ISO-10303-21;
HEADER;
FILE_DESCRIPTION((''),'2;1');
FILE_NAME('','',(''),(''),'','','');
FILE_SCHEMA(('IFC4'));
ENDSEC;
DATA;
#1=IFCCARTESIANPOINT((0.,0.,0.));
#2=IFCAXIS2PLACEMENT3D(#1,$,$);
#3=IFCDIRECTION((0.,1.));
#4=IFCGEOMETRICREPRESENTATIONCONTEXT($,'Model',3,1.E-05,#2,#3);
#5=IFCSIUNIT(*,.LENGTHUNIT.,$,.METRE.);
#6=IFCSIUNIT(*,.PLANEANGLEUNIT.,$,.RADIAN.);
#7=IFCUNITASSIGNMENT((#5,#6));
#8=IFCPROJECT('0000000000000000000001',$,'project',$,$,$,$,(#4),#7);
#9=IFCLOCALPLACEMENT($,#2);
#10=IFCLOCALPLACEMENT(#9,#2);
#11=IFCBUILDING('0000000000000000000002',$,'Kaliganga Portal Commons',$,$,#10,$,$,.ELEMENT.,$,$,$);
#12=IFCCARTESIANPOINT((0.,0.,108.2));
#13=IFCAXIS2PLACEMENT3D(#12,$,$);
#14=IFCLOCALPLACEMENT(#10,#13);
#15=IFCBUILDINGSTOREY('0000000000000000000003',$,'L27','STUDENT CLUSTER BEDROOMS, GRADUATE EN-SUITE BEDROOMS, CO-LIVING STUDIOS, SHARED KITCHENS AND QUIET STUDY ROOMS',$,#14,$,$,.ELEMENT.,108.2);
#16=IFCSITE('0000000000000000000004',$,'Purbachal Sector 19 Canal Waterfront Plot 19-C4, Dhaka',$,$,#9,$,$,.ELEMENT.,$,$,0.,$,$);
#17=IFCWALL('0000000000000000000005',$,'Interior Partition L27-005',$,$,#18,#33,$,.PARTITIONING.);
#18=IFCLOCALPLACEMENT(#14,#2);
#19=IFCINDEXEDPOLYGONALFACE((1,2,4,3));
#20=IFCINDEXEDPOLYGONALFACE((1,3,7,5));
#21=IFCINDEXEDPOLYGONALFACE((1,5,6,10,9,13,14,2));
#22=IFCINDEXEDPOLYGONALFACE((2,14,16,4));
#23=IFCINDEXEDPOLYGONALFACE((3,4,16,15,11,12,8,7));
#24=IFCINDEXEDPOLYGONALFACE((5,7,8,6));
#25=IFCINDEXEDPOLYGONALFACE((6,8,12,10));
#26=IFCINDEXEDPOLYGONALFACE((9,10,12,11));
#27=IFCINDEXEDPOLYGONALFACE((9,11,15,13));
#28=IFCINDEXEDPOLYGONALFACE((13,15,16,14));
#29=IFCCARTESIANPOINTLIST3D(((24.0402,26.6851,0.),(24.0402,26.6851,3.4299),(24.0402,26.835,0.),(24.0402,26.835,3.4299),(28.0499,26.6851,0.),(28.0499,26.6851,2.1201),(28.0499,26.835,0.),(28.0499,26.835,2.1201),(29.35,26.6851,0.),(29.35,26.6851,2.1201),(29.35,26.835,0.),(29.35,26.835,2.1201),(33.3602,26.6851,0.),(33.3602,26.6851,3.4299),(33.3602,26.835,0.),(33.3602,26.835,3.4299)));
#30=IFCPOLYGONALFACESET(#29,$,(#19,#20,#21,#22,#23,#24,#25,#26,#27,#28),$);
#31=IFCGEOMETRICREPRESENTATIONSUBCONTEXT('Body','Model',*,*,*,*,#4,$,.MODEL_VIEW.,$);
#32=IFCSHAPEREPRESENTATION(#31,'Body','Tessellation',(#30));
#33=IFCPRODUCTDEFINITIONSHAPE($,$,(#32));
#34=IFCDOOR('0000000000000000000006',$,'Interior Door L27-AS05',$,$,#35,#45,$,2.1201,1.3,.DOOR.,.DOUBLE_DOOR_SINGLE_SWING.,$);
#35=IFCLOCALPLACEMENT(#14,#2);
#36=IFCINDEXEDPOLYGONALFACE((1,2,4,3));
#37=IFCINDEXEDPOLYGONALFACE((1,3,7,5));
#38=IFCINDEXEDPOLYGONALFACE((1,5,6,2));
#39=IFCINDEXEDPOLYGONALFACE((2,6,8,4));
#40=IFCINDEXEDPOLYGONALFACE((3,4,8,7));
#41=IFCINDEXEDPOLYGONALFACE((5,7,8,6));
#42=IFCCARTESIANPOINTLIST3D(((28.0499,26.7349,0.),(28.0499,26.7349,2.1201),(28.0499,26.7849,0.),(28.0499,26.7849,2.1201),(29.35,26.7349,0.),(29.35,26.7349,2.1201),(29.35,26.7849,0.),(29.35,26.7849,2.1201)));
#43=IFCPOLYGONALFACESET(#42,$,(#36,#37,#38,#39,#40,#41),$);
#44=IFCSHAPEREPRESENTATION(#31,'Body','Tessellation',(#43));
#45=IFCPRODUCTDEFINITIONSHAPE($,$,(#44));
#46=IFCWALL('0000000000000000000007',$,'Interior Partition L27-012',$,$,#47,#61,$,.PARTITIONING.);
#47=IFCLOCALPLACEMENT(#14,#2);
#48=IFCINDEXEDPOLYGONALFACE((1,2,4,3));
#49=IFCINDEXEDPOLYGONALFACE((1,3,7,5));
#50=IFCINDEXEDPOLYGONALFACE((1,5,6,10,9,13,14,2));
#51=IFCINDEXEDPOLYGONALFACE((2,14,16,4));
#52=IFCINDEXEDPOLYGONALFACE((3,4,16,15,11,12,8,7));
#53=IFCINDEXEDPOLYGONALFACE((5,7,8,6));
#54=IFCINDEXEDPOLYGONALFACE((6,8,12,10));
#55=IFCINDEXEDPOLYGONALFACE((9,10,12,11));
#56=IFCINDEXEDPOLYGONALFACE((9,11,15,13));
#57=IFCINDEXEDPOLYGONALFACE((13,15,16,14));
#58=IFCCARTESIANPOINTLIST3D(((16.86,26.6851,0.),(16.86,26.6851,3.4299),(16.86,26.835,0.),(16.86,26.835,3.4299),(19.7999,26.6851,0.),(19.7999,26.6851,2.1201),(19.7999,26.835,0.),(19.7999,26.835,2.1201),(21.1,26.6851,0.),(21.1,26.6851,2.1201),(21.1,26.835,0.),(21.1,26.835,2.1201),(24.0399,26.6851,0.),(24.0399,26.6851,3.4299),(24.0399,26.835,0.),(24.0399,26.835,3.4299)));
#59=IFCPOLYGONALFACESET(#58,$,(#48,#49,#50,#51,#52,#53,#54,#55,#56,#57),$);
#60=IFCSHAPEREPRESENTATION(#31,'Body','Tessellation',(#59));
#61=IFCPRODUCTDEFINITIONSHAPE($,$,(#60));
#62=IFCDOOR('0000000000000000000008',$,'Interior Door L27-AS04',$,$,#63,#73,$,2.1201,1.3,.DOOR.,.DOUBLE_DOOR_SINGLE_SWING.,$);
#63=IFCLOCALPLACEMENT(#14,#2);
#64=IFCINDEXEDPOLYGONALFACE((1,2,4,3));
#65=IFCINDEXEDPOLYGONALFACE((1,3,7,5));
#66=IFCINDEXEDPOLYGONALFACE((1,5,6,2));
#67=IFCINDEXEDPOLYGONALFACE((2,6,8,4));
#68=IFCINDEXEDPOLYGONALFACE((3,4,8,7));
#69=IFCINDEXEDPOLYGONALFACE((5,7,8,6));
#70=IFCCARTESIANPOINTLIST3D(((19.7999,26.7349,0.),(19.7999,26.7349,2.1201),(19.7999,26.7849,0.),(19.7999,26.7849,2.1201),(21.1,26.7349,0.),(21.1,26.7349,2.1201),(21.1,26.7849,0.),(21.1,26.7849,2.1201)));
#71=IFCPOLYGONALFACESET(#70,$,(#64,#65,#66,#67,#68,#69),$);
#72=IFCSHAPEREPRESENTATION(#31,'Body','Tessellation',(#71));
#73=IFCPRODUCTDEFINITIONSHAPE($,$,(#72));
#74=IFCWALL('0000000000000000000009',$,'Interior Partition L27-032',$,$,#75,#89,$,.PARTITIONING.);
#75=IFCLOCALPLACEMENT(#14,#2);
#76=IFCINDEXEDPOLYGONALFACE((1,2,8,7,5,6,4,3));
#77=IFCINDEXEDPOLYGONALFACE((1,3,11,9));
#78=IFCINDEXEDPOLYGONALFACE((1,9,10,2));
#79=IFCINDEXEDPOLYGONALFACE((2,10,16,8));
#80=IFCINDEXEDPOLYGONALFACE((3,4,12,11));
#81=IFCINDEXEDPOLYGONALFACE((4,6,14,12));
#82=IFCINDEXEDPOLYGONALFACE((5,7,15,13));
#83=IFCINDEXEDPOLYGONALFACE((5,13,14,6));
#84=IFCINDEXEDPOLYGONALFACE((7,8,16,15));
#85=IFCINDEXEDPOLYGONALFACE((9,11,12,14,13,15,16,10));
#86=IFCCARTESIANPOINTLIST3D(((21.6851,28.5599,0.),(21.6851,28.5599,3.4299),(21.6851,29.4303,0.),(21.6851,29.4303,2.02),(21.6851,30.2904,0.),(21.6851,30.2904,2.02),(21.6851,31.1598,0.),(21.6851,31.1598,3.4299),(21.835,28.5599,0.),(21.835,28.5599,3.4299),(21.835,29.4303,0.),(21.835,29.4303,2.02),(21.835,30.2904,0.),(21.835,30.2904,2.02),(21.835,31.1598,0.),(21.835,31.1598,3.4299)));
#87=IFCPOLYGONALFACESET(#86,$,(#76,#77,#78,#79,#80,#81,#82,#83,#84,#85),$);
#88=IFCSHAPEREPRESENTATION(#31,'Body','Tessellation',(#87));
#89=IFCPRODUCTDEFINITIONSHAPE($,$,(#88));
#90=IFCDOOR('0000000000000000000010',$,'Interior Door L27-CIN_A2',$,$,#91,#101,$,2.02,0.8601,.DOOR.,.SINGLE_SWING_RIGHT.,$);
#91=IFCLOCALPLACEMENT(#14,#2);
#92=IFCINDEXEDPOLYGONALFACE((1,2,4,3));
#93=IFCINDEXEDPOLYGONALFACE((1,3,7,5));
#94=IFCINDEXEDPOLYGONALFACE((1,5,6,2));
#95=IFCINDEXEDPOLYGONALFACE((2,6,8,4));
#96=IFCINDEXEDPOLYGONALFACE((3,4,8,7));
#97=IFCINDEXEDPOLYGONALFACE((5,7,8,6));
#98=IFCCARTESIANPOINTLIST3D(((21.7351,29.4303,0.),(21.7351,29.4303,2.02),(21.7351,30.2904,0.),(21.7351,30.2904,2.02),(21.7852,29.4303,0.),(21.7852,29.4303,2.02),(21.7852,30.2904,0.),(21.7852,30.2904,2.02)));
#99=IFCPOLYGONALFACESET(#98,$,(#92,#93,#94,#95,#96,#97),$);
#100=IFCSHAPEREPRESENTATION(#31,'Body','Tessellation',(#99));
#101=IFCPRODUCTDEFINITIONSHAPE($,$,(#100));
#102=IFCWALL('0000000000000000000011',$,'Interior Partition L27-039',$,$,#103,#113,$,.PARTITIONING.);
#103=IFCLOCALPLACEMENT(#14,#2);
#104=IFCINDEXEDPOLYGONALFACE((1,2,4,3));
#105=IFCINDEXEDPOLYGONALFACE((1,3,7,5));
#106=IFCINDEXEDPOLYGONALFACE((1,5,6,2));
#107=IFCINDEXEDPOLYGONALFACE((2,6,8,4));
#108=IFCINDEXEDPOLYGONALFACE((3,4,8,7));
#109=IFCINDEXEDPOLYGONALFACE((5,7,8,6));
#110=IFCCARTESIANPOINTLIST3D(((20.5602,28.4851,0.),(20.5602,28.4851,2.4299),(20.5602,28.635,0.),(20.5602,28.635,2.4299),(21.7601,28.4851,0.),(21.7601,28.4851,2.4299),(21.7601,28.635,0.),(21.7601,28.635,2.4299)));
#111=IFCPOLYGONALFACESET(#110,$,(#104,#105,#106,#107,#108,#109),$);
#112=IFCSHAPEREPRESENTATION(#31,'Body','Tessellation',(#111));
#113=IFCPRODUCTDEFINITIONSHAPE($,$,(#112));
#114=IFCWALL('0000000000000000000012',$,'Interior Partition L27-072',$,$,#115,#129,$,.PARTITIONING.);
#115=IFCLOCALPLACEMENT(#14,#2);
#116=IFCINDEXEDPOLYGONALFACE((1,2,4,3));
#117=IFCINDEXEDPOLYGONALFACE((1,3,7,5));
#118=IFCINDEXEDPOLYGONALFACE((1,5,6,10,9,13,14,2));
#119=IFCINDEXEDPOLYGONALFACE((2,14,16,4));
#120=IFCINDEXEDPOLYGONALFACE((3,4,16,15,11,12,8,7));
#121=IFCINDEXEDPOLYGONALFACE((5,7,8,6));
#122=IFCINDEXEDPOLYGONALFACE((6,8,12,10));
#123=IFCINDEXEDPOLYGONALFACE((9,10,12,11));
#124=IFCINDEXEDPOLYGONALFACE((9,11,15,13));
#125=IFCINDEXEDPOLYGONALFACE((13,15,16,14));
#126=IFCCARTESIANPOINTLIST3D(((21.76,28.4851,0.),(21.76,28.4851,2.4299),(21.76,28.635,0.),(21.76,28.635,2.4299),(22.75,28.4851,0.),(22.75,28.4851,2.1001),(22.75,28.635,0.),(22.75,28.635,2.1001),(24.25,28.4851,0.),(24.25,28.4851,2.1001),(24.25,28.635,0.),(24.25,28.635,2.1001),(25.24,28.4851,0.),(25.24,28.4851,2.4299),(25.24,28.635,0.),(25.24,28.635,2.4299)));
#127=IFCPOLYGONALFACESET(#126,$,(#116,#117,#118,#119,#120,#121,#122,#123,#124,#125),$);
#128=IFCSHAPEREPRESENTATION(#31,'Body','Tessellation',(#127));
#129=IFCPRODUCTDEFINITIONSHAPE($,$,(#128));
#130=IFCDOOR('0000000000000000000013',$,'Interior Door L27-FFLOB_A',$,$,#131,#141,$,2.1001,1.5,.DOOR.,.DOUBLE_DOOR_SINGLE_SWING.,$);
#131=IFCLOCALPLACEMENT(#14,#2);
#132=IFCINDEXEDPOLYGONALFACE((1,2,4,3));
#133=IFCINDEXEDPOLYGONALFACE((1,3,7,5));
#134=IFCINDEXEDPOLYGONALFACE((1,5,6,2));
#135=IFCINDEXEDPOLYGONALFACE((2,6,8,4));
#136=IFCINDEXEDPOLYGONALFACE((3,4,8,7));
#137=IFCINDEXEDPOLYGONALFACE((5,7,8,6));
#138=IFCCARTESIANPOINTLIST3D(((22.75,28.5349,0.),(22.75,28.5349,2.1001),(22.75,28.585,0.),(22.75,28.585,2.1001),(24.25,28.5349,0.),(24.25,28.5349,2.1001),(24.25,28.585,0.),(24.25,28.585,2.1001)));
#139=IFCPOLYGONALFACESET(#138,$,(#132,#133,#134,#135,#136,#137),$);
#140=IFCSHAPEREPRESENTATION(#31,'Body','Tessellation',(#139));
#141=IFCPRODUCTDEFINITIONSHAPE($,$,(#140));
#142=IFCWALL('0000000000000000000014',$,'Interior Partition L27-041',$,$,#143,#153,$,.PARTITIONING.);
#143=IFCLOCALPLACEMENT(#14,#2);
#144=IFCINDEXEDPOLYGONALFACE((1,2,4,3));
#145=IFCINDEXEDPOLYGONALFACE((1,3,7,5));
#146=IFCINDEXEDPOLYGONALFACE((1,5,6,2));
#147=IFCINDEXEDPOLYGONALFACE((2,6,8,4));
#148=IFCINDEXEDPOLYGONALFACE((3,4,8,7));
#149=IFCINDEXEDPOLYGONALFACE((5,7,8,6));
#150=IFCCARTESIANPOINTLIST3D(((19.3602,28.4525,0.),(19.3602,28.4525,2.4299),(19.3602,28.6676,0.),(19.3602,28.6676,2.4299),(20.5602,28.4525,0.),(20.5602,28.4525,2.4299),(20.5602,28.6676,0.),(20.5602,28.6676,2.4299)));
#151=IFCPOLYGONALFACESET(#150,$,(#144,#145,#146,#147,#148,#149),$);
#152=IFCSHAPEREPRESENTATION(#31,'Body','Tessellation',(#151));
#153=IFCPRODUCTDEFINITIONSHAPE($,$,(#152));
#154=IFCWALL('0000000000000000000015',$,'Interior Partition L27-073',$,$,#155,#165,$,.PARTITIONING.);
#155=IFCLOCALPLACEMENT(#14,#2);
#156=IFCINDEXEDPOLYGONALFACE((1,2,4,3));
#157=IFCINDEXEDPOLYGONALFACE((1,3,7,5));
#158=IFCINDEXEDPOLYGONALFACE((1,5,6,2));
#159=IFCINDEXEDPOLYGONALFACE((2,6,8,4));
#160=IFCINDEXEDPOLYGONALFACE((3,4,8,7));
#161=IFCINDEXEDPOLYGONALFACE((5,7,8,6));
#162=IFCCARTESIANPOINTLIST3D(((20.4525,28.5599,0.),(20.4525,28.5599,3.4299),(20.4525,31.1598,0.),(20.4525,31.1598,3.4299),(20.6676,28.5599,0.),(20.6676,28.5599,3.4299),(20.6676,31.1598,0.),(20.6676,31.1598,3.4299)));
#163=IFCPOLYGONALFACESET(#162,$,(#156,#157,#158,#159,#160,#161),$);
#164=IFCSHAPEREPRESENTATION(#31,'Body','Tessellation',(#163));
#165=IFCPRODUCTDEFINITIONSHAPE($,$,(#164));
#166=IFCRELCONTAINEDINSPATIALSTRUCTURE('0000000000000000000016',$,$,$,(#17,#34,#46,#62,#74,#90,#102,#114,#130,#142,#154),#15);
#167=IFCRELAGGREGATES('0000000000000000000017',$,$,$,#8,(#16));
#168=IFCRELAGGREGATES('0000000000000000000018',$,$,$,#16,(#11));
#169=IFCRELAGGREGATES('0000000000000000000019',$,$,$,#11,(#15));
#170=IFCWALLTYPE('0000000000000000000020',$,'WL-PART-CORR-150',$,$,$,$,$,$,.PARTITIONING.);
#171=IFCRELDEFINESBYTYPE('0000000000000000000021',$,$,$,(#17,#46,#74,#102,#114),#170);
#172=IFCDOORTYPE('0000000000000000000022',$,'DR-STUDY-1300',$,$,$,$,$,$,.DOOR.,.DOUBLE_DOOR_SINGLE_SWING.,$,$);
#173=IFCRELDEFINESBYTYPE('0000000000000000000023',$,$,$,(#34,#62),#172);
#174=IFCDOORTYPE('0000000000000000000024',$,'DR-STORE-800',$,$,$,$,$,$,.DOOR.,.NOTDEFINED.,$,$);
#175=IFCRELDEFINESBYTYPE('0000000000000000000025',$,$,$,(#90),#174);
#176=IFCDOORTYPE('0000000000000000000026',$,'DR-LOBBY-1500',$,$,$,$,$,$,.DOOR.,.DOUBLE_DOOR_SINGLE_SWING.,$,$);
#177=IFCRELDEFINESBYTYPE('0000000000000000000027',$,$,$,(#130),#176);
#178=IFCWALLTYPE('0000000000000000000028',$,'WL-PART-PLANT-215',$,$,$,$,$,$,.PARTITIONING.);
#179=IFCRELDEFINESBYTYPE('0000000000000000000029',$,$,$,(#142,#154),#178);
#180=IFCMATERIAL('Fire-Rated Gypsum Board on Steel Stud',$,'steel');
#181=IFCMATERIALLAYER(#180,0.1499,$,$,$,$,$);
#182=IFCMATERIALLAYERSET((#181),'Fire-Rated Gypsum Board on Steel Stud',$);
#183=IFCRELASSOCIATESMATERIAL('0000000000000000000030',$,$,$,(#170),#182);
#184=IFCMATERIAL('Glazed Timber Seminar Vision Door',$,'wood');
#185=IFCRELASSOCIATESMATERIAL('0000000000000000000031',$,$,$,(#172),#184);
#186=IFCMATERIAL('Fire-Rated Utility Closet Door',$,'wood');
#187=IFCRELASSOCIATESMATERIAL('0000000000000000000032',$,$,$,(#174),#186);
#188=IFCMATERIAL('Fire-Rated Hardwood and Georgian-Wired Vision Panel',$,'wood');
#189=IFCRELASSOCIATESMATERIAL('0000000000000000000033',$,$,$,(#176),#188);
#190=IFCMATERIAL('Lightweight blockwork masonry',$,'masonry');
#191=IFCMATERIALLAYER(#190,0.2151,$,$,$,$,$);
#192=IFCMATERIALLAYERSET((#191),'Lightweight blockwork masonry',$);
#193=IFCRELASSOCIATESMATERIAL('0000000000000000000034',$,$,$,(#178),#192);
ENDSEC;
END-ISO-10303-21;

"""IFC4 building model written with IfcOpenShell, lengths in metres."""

from ifc_helpers import new_model, si_unit, direction, frame, frame_2d, origin, place, context, subcontext, project, spatial, rectangle, extrude, material, layer, layer_set, type_object, element, fill, save


model = new_model("IFC4")

# Units and contexts
model_context = context("Model", 3, precision=1e-05, world=origin(), true_north=direction((0.0, 1.0)))
body_context = subcontext(model_context, "Body", "Model", "MODEL_VIEW")
ifc_project = project(units=[si_unit("LENGTHUNIT", "METRE"), si_unit("PLANEANGLEUNIT", "RADIAN")], contexts=[model_context])

# Site, building, storey
site_placement = place(None, origin())
site = spatial("IfcSite", under=ifc_project, at=site_placement, Name="Purbachal Sector 19 Canal Waterfront Plot 19-C4, Dhaka", CompositionType="ELEMENT", RefElevation=0.0)
building_placement = place(site_placement, origin())
building = spatial("IfcBuilding", under=site, at=building_placement, Name="Kaliganga Portal Commons", CompositionType="ELEMENT")
storey_placement = place(building_placement, frame((0.0, 0.0, 108.2)))
storey = spatial("IfcBuildingStorey", under=building, at=storey_placement, Name="L27", Description="STUDENT CLUSTER BEDROOMS, GRADUATE EN-SUITE BEDROOMS, CO-LIVING STUDIOS, SHARED KITCHENS AND QUIET STUDY ROOMS", CompositionType="ELEMENT", Elevation=108.2)

# Walls, openings, doors
ifc_material_1 = material(Name="Fire-Rated Gypsum Board on Steel Stud", Category="steel")
ifc_layer_1 = layer(ifc_material_1, 0.1499)
ifc_layer_set_1 = layer_set([ifc_layer_1], Name="Fire-Rated Gypsum Board on Steel Stud")
wall_type_1 = type_object("IfcWallType", Name="WL-PART-CORR-150", PredefinedType="PARTITIONING", material=ifc_layer_set_1)
wall_1_placement = place(storey_placement, frame((24.04, 26.76, 0.0), z_axis=(0.0, 0.0, 1.0), x_axis=(1.0, 0.0, 0.0)))
wall_1 = element("IfcWall", 1, at=wall_1_placement, inside=storey, type_object=wall_type_1, Name="Interior Partition L27-005", PredefinedType="PARTITIONING", context=body_context, shape_type="SweptSolid", body=[
    extrude(rectangle(XDim=9.3201, YDim=0.1499, at=frame_2d((4.6602, 0.0))), origin(), (0.0, 0.0, 1.0), 3.4299),
])
opening_1_placement = place(wall_1_placement, frame((4.01, 0.0, 0.0)))
opening_1 = element("IfcOpeningElement", 2, at=opening_1_placement, cuts=wall_1, PredefinedType="OPENING", context=body_context, shape_type="SweptSolid", body=[
    extrude(rectangle(XDim=1.3, YDim=2.1201, at=frame_2d((0.6499, 1.0601))), frame((0.0, 0.085, 0.0), z_axis=(0.0, -1.0, 0.0), x_axis=(1.0, 0.0, 0.0)), (0.0, 0.0, 1.0), 0.1699),
])
ifc_material_2 = material(Name="Glazed Timber Seminar Vision Door", Category="wood")
door_type_1 = type_object("IfcDoorType", Name="DR-STUDY-1300", OperationType="DOUBLE_DOOR_SINGLE_SWING", PredefinedType="DOOR", material=ifc_material_2)
door_1_placement = place(opening_1_placement, origin())
door_1 = element("IfcDoor", 3, at=door_1_placement, inside=storey, type_object=door_type_1, Name="Interior Door L27-AS05", OperationType="DOUBLE_DOOR_SINGLE_SWING", OverallHeight=2.1201, OverallWidth=1.3, PredefinedType="DOOR", context=body_context, shape_type="SweptSolid", body=[
    extrude(rectangle(XDim=1.3, YDim=2.1201, at=frame_2d((0.6499, 1.0601))), frame((0.0, 0.0249, 0.0), z_axis=(0.0, -1.0, 0.0), x_axis=(1.0, 0.0, 0.0)), (0.0, 0.0, 1.0), 0.05),
])
fill(opening_1, door_1)
wall_2_placement = place(storey_placement, frame((16.8601, 26.76, 0.0), z_axis=(0.0, 0.0, 1.0), x_axis=(1.0, 0.0, 0.0)))
wall_2 = element("IfcWall", 4, at=wall_2_placement, inside=storey, type_object=wall_type_1, Name="Interior Partition L27-012", PredefinedType="PARTITIONING", context=body_context, shape_type="SweptSolid", body=[
    extrude(rectangle(XDim=7.1799, YDim=0.1499, at=frame_2d((3.5898, 0.0))), origin(), (0.0, 0.0, 1.0), 3.4299),
])
opening_2_placement = place(wall_2_placement, frame((2.9399, 0.0, 0.0)))
opening_2 = element("IfcOpeningElement", 5, at=opening_2_placement, cuts=wall_2, PredefinedType="OPENING", context=body_context, shape_type="SweptSolid", body=[
    extrude(rectangle(XDim=1.3, YDim=2.1201, at=frame_2d((0.6499, 1.0601))), frame((0.0, 0.085, 0.0), z_axis=(0.0, -1.0, 0.0), x_axis=(1.0, 0.0, 0.0)), (0.0, 0.0, 1.0), 0.1699),
])
door_2_placement = place(opening_2_placement, origin())
door_2 = element("IfcDoor", 6, at=door_2_placement, inside=storey, type_object=door_type_1, Name="Interior Door L27-AS04", OperationType="DOUBLE_DOOR_SINGLE_SWING", OverallHeight=2.1201, OverallWidth=1.3, PredefinedType="DOOR", context=body_context, shape_type="SweptSolid", body=[
    extrude(rectangle(XDim=1.3, YDim=2.1201, at=frame_2d((0.6499, 1.0601))), frame((0.0, 0.0249, 0.0), z_axis=(0.0, -1.0, 0.0), x_axis=(1.0, 0.0, 0.0)), (0.0, 0.0, 1.0), 0.05),
])
fill(opening_2, door_2)
wall_3_placement = place(storey_placement, frame((21.76, 28.5601, 0.0), z_axis=(0.0, 0.0, 1.0), x_axis=(0.0, 1.0, 0.0)))
wall_3 = element("IfcWall", 7, at=wall_3_placement, inside=storey, type_object=wall_type_1, Name="Interior Partition L27-032", PredefinedType="PARTITIONING", context=body_context, shape_type="SweptSolid", body=[
    extrude(rectangle(XDim=2.5999, YDim=0.1499, at=frame_2d((1.2998, 0.0))), origin(), (0.0, 0.0, 1.0), 3.4299),
])
opening_3_placement = place(wall_3_placement, frame((0.8701, 0.0, 0.0)))
opening_3 = element("IfcOpeningElement", 8, at=opening_3_placement, cuts=wall_3, PredefinedType="OPENING", context=body_context, shape_type="SweptSolid", body=[
    extrude(rectangle(XDim=0.8601, YDim=2.02, at=frame_2d((0.4302, 1.01))), frame((0.0, 0.085, 0.0), z_axis=(0.0, -1.0, 0.0), x_axis=(1.0, 0.0, 0.0)), (0.0, 0.0, 1.0), 0.1699),
])
ifc_material_3 = material(Name="Fire-Rated Utility Closet Door", Category="wood")
door_type_2 = type_object("IfcDoorType", Name="DR-STORE-800", OperationType="NOTDEFINED", PredefinedType="DOOR", material=ifc_material_3)
door_3_placement = place(opening_3_placement, origin())
door_3 = element("IfcDoor", 9, at=door_3_placement, inside=storey, type_object=door_type_2, Name="Interior Door L27-CIN_A2", OperationType="SINGLE_SWING_RIGHT", OverallHeight=2.02, OverallWidth=0.8601, PredefinedType="DOOR", context=body_context, shape_type="SweptSolid", body=[
    extrude(rectangle(XDim=0.8601, YDim=2.02, at=frame_2d((0.4302, 1.01))), frame((0.0, 0.0249, 0.0), z_axis=(0.0, -1.0, 0.0), x_axis=(1.0, 0.0, 0.0)), (0.0, 0.0, 1.0), 0.05),
])
fill(opening_3, door_3)

# Wall
wall_4_placement = place(storey_placement, frame((20.5601, 28.5601, 0.0), z_axis=(0.0, 0.0, 1.0), x_axis=(1.0, 0.0, 0.0)))
element("IfcWall", 10, at=wall_4_placement, inside=storey, type_object=wall_type_1, Name="Interior Partition L27-039", PredefinedType="PARTITIONING", context=body_context, shape_type="SweptSolid", body=[
    extrude(rectangle(XDim=1.2, YDim=0.1499, at=frame_2d((0.6001, 0.0))), origin(), (0.0, 0.0, 1.0), 2.4299),
])

# Wall, opening, door
wall_5_placement = place(storey_placement, frame((21.76, 28.5601, 0.0), z_axis=(0.0, 0.0, 1.0), x_axis=(1.0, 0.0, 0.0)))
wall_5 = element("IfcWall", 11, at=wall_5_placement, inside=storey, type_object=wall_type_1, Name="Interior Partition L27-072", PredefinedType="PARTITIONING", context=body_context, shape_type="SweptSolid", body=[
    extrude(rectangle(XDim=3.48, YDim=0.1499, at=frame_2d((1.74, 0.0))), origin(), (0.0, 0.0, 1.0), 2.4299),
])
opening_4_placement = place(wall_5_placement, frame((0.99, 0.0, 0.0)))
opening_4 = element("IfcOpeningElement", 12, at=opening_4_placement, cuts=wall_5, PredefinedType="OPENING", context=body_context, shape_type="SweptSolid", body=[
    extrude(rectangle(XDim=1.5, YDim=2.1001, at=frame_2d((0.75, 1.05))), frame((0.0, 0.085, 0.0), z_axis=(0.0, -1.0, 0.0), x_axis=(1.0, 0.0, 0.0)), (0.0, 0.0, 1.0), 0.1699),
])
ifc_material_4 = material(Name="Fire-Rated Hardwood and Georgian-Wired Vision Panel", Category="wood")
door_type_3 = type_object("IfcDoorType", Name="DR-LOBBY-1500", OperationType="DOUBLE_DOOR_SINGLE_SWING", PredefinedType="DOOR", material=ifc_material_4)
door_4_placement = place(opening_4_placement, origin())
door_4 = element("IfcDoor", 13, at=door_4_placement, inside=storey, type_object=door_type_3, Name="Interior Door L27-FFLOB_A", OperationType="DOUBLE_DOOR_SINGLE_SWING", OverallHeight=2.1001, OverallWidth=1.5, PredefinedType="DOOR", context=body_context, shape_type="SweptSolid", body=[
    extrude(rectangle(XDim=1.5, YDim=2.1001, at=frame_2d((0.75, 1.05))), frame((0.0, 0.0249, 0.0), z_axis=(0.0, -1.0, 0.0), x_axis=(1.0, 0.0, 0.0)), (0.0, 0.0, 1.0), 0.05),
])
fill(opening_4, door_4)
ifc_material_5 = material(Name="Lightweight blockwork masonry", Category="masonry")
ifc_layer_2 = layer(ifc_material_5, 0.2151)
ifc_layer_set_2 = layer_set([ifc_layer_2], Name="Lightweight blockwork masonry")
wall_type_2 = type_object("IfcWallType", Name="WL-PART-PLANT-215", PredefinedType="PARTITIONING", material=ifc_layer_set_2)

# Walls
wall_6_placement = place(storey_placement, frame((19.3601, 28.5601, 0.0), z_axis=(0.0, 0.0, 1.0), x_axis=(1.0, 0.0, 0.0)))
element("IfcWall", 14, at=wall_6_placement, inside=storey, type_object=wall_type_2, Name="Interior Partition L27-041", PredefinedType="PARTITIONING", context=body_context, shape_type="SweptSolid", body=[
    extrude(rectangle(XDim=1.2, YDim=0.2151, at=frame_2d((0.6001, 0.0))), origin(), (0.0, 0.0, 1.0), 2.4299),
])
wall_7_placement = place(storey_placement, frame((20.5601, 28.5601, 0.0), z_axis=(0.0, 0.0, 1.0), x_axis=(0.0, 1.0, 0.0)))
element("IfcWall", 15, at=wall_7_placement, inside=storey, type_object=wall_type_2, Name="Interior Partition L27-073", PredefinedType="PARTITIONING", context=body_context, shape_type="SweptSolid", body=[
    extrude(rectangle(XDim=2.5999, YDim=0.2151, at=frame_2d((1.2998, 0.0))), origin(), (0.0, 0.0, 1.0), 3.4299),
])

save(model, "model.ifc")
